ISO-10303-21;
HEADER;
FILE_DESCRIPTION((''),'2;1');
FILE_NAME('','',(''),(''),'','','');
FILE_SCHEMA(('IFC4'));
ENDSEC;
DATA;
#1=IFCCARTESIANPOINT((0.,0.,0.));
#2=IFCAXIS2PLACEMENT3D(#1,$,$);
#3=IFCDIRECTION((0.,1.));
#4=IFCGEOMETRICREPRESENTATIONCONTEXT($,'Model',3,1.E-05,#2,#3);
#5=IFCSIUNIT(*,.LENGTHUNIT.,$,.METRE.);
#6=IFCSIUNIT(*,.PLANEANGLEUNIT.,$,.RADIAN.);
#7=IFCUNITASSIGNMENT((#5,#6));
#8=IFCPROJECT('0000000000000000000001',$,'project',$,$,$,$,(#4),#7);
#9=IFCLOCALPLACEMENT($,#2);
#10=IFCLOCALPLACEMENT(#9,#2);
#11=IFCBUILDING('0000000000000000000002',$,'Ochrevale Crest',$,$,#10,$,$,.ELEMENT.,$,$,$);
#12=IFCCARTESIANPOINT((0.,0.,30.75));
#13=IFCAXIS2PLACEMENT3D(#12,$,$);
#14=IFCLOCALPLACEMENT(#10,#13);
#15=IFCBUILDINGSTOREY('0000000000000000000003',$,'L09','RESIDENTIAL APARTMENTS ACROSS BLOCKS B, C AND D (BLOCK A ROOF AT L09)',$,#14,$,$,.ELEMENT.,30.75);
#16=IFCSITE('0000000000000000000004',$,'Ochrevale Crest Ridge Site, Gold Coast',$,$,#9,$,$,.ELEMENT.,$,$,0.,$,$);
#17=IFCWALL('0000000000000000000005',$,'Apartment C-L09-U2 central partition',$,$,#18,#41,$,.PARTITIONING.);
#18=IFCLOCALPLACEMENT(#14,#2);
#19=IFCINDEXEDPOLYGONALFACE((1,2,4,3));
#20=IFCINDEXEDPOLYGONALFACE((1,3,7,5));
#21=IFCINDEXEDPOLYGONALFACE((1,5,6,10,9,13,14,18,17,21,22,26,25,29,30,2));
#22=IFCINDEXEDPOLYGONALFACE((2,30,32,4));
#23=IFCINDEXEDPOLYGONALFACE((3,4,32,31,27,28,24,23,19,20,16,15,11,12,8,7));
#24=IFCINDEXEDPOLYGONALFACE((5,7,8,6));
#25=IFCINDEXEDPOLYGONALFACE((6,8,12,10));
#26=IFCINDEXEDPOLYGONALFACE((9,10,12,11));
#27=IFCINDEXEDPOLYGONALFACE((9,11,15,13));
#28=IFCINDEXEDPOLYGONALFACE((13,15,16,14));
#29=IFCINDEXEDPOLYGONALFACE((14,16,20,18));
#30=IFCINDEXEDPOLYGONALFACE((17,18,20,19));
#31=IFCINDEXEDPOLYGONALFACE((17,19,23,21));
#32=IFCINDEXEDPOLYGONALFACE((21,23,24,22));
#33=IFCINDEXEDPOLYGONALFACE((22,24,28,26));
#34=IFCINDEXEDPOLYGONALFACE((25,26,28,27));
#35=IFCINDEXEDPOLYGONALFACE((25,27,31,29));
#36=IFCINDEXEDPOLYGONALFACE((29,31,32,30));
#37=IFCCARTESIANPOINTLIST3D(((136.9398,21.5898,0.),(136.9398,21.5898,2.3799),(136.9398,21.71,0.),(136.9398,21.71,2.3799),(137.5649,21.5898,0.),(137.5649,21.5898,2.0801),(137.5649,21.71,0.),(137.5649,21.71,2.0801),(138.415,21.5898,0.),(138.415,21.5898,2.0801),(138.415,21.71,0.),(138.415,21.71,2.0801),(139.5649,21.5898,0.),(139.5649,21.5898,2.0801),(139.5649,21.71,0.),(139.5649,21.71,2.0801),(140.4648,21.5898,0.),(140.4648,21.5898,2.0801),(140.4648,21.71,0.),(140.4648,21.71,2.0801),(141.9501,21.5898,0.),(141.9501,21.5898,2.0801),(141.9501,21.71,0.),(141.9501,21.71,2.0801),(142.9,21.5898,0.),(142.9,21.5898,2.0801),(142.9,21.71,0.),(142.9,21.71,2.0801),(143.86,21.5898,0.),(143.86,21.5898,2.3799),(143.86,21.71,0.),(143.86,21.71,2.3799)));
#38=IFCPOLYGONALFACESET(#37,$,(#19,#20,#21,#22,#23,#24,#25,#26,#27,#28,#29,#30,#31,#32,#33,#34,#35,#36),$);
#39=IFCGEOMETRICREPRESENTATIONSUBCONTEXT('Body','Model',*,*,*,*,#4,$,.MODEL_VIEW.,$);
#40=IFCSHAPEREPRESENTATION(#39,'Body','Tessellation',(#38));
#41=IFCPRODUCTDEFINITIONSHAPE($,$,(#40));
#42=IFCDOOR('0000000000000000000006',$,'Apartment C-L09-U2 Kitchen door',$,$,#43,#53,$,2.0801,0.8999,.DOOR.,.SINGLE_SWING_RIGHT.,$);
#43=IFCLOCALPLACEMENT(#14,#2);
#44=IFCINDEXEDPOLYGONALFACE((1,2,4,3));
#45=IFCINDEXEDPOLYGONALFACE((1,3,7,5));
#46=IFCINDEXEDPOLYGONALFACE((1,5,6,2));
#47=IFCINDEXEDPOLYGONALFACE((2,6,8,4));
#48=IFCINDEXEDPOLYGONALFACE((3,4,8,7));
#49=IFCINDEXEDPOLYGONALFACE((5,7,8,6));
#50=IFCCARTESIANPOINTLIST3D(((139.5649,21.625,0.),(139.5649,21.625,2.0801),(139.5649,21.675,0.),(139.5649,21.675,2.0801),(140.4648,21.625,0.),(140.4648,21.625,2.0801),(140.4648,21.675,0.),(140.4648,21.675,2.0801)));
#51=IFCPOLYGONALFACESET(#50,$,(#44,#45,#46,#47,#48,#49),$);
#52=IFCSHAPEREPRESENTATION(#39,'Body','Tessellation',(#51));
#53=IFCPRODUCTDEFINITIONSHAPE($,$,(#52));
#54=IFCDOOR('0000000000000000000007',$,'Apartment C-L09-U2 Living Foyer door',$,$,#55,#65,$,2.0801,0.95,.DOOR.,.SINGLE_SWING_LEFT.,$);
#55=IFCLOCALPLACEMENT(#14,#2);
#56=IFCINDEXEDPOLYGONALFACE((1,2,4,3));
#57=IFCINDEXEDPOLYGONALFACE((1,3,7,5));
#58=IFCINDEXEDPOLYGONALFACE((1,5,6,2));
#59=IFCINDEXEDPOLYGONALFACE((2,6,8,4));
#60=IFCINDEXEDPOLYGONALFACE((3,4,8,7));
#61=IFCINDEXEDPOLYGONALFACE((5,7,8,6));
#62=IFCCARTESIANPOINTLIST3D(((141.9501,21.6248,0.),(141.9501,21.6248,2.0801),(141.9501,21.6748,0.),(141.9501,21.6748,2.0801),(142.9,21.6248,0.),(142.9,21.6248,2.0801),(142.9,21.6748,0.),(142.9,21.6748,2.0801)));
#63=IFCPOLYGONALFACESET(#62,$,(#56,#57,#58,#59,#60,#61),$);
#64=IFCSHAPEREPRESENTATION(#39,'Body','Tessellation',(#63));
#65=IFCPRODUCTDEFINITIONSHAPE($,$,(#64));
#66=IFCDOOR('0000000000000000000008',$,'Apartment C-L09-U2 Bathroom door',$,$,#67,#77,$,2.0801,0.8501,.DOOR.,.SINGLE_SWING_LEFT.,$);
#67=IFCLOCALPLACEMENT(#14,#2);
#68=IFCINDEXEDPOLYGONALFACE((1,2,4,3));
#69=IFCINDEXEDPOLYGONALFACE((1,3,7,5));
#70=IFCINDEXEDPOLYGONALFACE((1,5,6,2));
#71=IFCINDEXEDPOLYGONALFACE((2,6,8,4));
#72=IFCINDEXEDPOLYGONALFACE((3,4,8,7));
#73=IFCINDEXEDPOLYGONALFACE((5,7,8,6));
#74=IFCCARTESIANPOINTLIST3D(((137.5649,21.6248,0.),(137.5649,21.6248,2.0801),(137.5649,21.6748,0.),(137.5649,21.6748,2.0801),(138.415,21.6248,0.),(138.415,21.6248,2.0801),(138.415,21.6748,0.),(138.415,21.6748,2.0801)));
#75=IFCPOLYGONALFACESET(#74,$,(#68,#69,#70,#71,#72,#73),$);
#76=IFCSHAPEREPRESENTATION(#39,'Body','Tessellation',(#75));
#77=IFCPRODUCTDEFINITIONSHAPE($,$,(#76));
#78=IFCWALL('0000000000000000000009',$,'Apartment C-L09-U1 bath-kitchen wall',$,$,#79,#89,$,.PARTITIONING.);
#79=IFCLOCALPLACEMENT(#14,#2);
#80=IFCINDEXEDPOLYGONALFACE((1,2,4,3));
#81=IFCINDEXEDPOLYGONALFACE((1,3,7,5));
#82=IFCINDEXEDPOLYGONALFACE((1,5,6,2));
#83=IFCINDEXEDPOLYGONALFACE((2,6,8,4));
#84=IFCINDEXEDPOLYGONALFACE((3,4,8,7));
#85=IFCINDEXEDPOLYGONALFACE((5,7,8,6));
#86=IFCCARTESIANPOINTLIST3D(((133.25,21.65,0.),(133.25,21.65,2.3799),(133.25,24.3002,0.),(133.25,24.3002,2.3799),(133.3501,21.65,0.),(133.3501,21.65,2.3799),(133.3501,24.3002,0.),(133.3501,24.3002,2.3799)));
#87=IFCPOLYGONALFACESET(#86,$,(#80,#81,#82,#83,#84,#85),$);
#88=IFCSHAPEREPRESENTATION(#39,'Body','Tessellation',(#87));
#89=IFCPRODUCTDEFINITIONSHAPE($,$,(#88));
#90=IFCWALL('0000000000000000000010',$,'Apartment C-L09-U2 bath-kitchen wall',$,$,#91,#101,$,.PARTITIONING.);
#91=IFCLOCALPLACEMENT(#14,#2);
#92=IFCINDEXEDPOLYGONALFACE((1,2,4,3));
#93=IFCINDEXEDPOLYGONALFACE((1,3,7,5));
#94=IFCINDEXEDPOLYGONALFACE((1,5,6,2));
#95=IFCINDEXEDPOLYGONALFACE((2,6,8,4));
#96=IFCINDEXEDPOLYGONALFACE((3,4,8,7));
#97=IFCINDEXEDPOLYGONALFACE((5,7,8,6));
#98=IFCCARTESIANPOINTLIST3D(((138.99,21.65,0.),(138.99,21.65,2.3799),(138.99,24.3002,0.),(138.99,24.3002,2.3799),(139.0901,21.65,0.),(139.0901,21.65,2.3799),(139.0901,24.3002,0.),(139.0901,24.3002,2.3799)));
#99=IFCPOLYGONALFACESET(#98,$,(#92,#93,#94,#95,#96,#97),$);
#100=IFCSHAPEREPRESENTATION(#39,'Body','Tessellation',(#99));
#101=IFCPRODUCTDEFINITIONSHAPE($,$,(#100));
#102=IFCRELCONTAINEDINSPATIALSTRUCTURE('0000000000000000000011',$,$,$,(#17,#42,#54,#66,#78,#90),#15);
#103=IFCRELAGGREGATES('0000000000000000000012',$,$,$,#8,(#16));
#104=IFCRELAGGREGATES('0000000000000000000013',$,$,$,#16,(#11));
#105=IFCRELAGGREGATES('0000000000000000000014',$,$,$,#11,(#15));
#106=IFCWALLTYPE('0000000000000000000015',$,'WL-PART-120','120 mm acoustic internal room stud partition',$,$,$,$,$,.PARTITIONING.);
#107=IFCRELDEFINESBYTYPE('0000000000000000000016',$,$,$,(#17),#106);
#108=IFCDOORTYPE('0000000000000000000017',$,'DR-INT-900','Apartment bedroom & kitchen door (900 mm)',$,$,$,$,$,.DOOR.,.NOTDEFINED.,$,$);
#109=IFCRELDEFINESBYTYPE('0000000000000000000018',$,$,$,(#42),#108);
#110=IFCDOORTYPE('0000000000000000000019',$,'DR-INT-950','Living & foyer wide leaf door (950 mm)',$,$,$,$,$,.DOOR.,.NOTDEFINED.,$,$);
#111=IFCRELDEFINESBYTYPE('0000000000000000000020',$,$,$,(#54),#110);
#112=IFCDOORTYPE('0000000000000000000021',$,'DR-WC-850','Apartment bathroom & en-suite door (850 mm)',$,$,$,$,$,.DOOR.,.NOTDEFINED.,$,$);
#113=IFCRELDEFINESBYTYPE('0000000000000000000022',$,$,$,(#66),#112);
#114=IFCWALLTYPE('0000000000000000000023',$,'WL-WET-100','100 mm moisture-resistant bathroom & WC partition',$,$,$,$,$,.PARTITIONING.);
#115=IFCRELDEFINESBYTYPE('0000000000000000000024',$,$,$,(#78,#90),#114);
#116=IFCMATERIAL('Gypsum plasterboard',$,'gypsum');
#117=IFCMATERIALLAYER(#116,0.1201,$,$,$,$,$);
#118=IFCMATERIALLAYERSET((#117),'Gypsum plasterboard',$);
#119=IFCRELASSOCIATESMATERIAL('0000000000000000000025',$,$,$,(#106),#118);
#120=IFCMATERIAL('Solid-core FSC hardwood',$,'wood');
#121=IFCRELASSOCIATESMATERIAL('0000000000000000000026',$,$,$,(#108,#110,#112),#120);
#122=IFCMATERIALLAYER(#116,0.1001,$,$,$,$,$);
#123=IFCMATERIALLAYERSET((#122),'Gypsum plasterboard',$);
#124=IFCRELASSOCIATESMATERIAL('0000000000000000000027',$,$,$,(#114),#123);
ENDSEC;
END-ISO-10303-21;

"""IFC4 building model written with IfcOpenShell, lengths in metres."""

from ifc_helpers import new_model, si_unit, direction, frame, frame_2d, origin, place, context, subcontext, project, spatial, rectangle, extrude, material, layer, layer_set, type_object, element, fill, save


model = new_model("IFC4")

# Units and contexts
model_context = context("Model", 3, precision=1e-05, world=origin(), true_north=direction((0.0, 1.0)))
body_context = subcontext(model_context, "Body", "Model", "MODEL_VIEW")
ifc_project = project(units=[si_unit("LENGTHUNIT", "METRE"), si_unit("PLANEANGLEUNIT", "RADIAN")], contexts=[model_context])

# Site, building, storey
site_placement = place(None, origin())
site = spatial("IfcSite", under=ifc_project, at=site_placement, Name="Ochrevale Crest Ridge Site, Gold Coast", CompositionType="ELEMENT", RefElevation=0.0)
building_placement = place(site_placement, origin())
building = spatial("IfcBuilding", under=site, at=building_placement, Name="Ochrevale Crest", CompositionType="ELEMENT")
storey_placement = place(building_placement, frame((0.0, 0.0, 30.75)))
storey = spatial("IfcBuildingStorey", under=building, at=storey_placement, Name="L09", Description="RESIDENTIAL APARTMENTS ACROSS BLOCKS B, C AND D (BLOCK A ROOF AT L09)", CompositionType="ELEMENT", Elevation=30.75)

# Shared definitions
ifc_material_1 = material(Name="Gypsum plasterboard", Category="gypsum")
ifc_material_2 = material(Name="Solid-core FSC hardwood", Category="wood")

# Shared definitions
ifc_layer_1 = layer(ifc_material_1, 0.1201)
ifc_layer_set_1 = layer_set([ifc_layer_1], Name="Gypsum plasterboard")
wall_type_1 = type_object("IfcWallType", Name="WL-PART-120", Description="120 mm acoustic internal room stud partition", PredefinedType="PARTITIONING", material=ifc_layer_set_1)

# Wall, openings, doors
wall_1_placement = place(storey_placement, frame((136.9399, 21.6499, 0.0), z_axis=(0.0, 0.0, 1.0), x_axis=(1.0, 0.0, 0.0)))
wall_1 = element("IfcWall", 1, at=wall_1_placement, inside=storey, type_object=wall_type_1, Name="Apartment C-L09-U2 central partition", PredefinedType="PARTITIONING", context=body_context, shape_type="SweptSolid", body=[
    extrude(rectangle(XDim=6.9202, YDim=0.1201, at=frame_2d((3.46, 0.0))), origin(), (0.0, 0.0, 1.0), 2.3799),
])
opening_1_placement = place(wall_1_placement, frame((0.625, 0.0, 0.0)))
opening_1 = element("IfcOpeningElement", 2, at=opening_1_placement, cuts=wall_1, PredefinedType="OPENING", context=body_context, shape_type="SweptSolid", body=[
    extrude(rectangle(XDim=0.8501, YDim=2.0801, at=frame_2d((0.425, 1.04))), frame((0.0, 0.0701, 0.0), z_axis=(0.0, -1.0, 0.0), x_axis=(1.0, 0.0, 0.0)), (0.0, 0.0, 1.0), 0.1401),
])
opening_2_placement = place(wall_1_placement, frame((3.5249, 0.0, 0.0), z_axis=(0.0, 0.0, 1.0), x_axis=(-1.0, 0.0, 0.0)))
opening_2 = element("IfcOpeningElement", 3, at=opening_2_placement, cuts=wall_1, PredefinedType="OPENING", context=body_context, shape_type="SweptSolid", body=[
    extrude(rectangle(XDim=0.8999, YDim=2.0801, at=frame_2d((0.45, 1.04))), frame((0.0, 0.0701, 0.0), z_axis=(0.0, -1.0, 0.0), x_axis=(1.0, 0.0, 0.0)), (0.0, 0.0, 1.0), 0.1401),
])
opening_3_placement = place(wall_1_placement, frame((5.01, 0.0, 0.0)))
opening_3 = element("IfcOpeningElement", 4, at=opening_3_placement, cuts=wall_1, PredefinedType="OPENING", context=body_context, shape_type="SweptSolid", body=[
    extrude(rectangle(XDim=0.95, YDim=2.0801, at=frame_2d((0.4751, 1.04))), frame((0.0, 0.0701, 0.0), z_axis=(0.0, -1.0, 0.0), x_axis=(1.0, 0.0, 0.0)), (0.0, 0.0, 1.0), 0.1401),
])
door_type_1 = type_object("IfcDoorType", Name="DR-INT-900", Description="Apartment bedroom & kitchen door (900 mm)", OperationType="NOTDEFINED", PredefinedType="DOOR", material=ifc_material_2)
door_1_placement = place(opening_2_placement, origin())
door_1 = element("IfcDoor", 5, at=door_1_placement, inside=storey, type_object=door_type_1, Name="Apartment C-L09-U2 Kitchen door", OperationType="SINGLE_SWING_RIGHT", OverallHeight=2.0801, OverallWidth=0.8999, PredefinedType="DOOR", context=body_context, shape_type="SweptSolid", body=[
    extrude(rectangle(XDim=0.8999, YDim=2.0801, at=frame_2d((0.45, 1.04))), frame((0.0, 0.0249, 0.0), z_axis=(0.0, -1.0, 0.0), x_axis=(1.0, 0.0, 0.0)), (0.0, 0.0, 1.0), 0.05),
])
fill(opening_2, door_1)
door_type_2 = type_object("IfcDoorType", Name="DR-INT-950", Description="Living & foyer wide leaf door (950 mm)", OperationType="NOTDEFINED", PredefinedType="DOOR", material=ifc_material_2)
door_2_placement = place(opening_3_placement, origin())
door_2 = element("IfcDoor", 6, at=door_2_placement, inside=storey, type_object=door_type_2, Name="Apartment C-L09-U2 Living Foyer door", OperationType="SINGLE_SWING_LEFT", OverallHeight=2.0801, OverallWidth=0.95, PredefinedType="DOOR", context=body_context, shape_type="SweptSolid", body=[
    extrude(rectangle(XDim=0.95, YDim=2.0801, at=frame_2d((0.4751, 1.04))), frame((0.0, 0.0249, 0.0), z_axis=(0.0, -1.0, 0.0), x_axis=(1.0, 0.0, 0.0)), (0.0, 0.0, 1.0), 0.05),
])
fill(opening_3, door_2)
door_type_3 = type_object("IfcDoorType", Name="DR-WC-850", Description="Apartment bathroom & en-suite door (850 mm)", OperationType="NOTDEFINED", PredefinedType="DOOR", material=ifc_material_2)
door_3_placement = place(opening_1_placement, origin())
door_3 = element("IfcDoor", 7, at=door_3_placement, inside=storey, type_object=door_type_3, Name="Apartment C-L09-U2 Bathroom door", OperationType="SINGLE_SWING_LEFT", OverallHeight=2.0801, OverallWidth=0.8501, PredefinedType="DOOR", context=body_context, shape_type="SweptSolid", body=[
    extrude(rectangle(XDim=0.8501, YDim=2.0801, at=frame_2d((0.425, 1.04))), frame((0.0, 0.0249, 0.0), z_axis=(0.0, -1.0, 0.0), x_axis=(1.0, 0.0, 0.0)), (0.0, 0.0, 1.0), 0.05),
])
fill(opening_1, door_3)

# Walls
ifc_layer_2 = layer(ifc_material_1, 0.1001)
ifc_layer_set_2 = layer_set([ifc_layer_2], Name="Gypsum plasterboard")
wall_type_2 = type_object("IfcWallType", Name="WL-WET-100", Description="100 mm moisture-resistant bathroom & WC partition", PredefinedType="PARTITIONING", material=ifc_layer_set_2)
for number, where, z_axis, x_axis, name in (
    (8, (133.3, 21.6499, 0.0), (0.0, 0.0, 1.0), (0.0, 1.0, 0.0), "Apartment C-L09-U1 bath-kitchen wall"),
    (9, (139.04, 21.6499, 0.0), (0.0, 0.0, 1.0), (0.0, 1.0, 0.0), "Apartment C-L09-U2 bath-kitchen wall"),
):
    element("IfcWall", number, at=place(storey_placement, frame(where, z_axis=z_axis, x_axis=x_axis)), inside=storey, type_object=wall_type_2, Name=name, PredefinedType="PARTITIONING", context=body_context, shape_type="SweptSolid", body=[
        extrude(rectangle(XDim=2.6501, YDim=0.1001, at=frame_2d((1.3252, 0.0))), origin(), (0.0, 0.0, 1.0), 2.3799),
    ])

save(model, "model.ifc")
